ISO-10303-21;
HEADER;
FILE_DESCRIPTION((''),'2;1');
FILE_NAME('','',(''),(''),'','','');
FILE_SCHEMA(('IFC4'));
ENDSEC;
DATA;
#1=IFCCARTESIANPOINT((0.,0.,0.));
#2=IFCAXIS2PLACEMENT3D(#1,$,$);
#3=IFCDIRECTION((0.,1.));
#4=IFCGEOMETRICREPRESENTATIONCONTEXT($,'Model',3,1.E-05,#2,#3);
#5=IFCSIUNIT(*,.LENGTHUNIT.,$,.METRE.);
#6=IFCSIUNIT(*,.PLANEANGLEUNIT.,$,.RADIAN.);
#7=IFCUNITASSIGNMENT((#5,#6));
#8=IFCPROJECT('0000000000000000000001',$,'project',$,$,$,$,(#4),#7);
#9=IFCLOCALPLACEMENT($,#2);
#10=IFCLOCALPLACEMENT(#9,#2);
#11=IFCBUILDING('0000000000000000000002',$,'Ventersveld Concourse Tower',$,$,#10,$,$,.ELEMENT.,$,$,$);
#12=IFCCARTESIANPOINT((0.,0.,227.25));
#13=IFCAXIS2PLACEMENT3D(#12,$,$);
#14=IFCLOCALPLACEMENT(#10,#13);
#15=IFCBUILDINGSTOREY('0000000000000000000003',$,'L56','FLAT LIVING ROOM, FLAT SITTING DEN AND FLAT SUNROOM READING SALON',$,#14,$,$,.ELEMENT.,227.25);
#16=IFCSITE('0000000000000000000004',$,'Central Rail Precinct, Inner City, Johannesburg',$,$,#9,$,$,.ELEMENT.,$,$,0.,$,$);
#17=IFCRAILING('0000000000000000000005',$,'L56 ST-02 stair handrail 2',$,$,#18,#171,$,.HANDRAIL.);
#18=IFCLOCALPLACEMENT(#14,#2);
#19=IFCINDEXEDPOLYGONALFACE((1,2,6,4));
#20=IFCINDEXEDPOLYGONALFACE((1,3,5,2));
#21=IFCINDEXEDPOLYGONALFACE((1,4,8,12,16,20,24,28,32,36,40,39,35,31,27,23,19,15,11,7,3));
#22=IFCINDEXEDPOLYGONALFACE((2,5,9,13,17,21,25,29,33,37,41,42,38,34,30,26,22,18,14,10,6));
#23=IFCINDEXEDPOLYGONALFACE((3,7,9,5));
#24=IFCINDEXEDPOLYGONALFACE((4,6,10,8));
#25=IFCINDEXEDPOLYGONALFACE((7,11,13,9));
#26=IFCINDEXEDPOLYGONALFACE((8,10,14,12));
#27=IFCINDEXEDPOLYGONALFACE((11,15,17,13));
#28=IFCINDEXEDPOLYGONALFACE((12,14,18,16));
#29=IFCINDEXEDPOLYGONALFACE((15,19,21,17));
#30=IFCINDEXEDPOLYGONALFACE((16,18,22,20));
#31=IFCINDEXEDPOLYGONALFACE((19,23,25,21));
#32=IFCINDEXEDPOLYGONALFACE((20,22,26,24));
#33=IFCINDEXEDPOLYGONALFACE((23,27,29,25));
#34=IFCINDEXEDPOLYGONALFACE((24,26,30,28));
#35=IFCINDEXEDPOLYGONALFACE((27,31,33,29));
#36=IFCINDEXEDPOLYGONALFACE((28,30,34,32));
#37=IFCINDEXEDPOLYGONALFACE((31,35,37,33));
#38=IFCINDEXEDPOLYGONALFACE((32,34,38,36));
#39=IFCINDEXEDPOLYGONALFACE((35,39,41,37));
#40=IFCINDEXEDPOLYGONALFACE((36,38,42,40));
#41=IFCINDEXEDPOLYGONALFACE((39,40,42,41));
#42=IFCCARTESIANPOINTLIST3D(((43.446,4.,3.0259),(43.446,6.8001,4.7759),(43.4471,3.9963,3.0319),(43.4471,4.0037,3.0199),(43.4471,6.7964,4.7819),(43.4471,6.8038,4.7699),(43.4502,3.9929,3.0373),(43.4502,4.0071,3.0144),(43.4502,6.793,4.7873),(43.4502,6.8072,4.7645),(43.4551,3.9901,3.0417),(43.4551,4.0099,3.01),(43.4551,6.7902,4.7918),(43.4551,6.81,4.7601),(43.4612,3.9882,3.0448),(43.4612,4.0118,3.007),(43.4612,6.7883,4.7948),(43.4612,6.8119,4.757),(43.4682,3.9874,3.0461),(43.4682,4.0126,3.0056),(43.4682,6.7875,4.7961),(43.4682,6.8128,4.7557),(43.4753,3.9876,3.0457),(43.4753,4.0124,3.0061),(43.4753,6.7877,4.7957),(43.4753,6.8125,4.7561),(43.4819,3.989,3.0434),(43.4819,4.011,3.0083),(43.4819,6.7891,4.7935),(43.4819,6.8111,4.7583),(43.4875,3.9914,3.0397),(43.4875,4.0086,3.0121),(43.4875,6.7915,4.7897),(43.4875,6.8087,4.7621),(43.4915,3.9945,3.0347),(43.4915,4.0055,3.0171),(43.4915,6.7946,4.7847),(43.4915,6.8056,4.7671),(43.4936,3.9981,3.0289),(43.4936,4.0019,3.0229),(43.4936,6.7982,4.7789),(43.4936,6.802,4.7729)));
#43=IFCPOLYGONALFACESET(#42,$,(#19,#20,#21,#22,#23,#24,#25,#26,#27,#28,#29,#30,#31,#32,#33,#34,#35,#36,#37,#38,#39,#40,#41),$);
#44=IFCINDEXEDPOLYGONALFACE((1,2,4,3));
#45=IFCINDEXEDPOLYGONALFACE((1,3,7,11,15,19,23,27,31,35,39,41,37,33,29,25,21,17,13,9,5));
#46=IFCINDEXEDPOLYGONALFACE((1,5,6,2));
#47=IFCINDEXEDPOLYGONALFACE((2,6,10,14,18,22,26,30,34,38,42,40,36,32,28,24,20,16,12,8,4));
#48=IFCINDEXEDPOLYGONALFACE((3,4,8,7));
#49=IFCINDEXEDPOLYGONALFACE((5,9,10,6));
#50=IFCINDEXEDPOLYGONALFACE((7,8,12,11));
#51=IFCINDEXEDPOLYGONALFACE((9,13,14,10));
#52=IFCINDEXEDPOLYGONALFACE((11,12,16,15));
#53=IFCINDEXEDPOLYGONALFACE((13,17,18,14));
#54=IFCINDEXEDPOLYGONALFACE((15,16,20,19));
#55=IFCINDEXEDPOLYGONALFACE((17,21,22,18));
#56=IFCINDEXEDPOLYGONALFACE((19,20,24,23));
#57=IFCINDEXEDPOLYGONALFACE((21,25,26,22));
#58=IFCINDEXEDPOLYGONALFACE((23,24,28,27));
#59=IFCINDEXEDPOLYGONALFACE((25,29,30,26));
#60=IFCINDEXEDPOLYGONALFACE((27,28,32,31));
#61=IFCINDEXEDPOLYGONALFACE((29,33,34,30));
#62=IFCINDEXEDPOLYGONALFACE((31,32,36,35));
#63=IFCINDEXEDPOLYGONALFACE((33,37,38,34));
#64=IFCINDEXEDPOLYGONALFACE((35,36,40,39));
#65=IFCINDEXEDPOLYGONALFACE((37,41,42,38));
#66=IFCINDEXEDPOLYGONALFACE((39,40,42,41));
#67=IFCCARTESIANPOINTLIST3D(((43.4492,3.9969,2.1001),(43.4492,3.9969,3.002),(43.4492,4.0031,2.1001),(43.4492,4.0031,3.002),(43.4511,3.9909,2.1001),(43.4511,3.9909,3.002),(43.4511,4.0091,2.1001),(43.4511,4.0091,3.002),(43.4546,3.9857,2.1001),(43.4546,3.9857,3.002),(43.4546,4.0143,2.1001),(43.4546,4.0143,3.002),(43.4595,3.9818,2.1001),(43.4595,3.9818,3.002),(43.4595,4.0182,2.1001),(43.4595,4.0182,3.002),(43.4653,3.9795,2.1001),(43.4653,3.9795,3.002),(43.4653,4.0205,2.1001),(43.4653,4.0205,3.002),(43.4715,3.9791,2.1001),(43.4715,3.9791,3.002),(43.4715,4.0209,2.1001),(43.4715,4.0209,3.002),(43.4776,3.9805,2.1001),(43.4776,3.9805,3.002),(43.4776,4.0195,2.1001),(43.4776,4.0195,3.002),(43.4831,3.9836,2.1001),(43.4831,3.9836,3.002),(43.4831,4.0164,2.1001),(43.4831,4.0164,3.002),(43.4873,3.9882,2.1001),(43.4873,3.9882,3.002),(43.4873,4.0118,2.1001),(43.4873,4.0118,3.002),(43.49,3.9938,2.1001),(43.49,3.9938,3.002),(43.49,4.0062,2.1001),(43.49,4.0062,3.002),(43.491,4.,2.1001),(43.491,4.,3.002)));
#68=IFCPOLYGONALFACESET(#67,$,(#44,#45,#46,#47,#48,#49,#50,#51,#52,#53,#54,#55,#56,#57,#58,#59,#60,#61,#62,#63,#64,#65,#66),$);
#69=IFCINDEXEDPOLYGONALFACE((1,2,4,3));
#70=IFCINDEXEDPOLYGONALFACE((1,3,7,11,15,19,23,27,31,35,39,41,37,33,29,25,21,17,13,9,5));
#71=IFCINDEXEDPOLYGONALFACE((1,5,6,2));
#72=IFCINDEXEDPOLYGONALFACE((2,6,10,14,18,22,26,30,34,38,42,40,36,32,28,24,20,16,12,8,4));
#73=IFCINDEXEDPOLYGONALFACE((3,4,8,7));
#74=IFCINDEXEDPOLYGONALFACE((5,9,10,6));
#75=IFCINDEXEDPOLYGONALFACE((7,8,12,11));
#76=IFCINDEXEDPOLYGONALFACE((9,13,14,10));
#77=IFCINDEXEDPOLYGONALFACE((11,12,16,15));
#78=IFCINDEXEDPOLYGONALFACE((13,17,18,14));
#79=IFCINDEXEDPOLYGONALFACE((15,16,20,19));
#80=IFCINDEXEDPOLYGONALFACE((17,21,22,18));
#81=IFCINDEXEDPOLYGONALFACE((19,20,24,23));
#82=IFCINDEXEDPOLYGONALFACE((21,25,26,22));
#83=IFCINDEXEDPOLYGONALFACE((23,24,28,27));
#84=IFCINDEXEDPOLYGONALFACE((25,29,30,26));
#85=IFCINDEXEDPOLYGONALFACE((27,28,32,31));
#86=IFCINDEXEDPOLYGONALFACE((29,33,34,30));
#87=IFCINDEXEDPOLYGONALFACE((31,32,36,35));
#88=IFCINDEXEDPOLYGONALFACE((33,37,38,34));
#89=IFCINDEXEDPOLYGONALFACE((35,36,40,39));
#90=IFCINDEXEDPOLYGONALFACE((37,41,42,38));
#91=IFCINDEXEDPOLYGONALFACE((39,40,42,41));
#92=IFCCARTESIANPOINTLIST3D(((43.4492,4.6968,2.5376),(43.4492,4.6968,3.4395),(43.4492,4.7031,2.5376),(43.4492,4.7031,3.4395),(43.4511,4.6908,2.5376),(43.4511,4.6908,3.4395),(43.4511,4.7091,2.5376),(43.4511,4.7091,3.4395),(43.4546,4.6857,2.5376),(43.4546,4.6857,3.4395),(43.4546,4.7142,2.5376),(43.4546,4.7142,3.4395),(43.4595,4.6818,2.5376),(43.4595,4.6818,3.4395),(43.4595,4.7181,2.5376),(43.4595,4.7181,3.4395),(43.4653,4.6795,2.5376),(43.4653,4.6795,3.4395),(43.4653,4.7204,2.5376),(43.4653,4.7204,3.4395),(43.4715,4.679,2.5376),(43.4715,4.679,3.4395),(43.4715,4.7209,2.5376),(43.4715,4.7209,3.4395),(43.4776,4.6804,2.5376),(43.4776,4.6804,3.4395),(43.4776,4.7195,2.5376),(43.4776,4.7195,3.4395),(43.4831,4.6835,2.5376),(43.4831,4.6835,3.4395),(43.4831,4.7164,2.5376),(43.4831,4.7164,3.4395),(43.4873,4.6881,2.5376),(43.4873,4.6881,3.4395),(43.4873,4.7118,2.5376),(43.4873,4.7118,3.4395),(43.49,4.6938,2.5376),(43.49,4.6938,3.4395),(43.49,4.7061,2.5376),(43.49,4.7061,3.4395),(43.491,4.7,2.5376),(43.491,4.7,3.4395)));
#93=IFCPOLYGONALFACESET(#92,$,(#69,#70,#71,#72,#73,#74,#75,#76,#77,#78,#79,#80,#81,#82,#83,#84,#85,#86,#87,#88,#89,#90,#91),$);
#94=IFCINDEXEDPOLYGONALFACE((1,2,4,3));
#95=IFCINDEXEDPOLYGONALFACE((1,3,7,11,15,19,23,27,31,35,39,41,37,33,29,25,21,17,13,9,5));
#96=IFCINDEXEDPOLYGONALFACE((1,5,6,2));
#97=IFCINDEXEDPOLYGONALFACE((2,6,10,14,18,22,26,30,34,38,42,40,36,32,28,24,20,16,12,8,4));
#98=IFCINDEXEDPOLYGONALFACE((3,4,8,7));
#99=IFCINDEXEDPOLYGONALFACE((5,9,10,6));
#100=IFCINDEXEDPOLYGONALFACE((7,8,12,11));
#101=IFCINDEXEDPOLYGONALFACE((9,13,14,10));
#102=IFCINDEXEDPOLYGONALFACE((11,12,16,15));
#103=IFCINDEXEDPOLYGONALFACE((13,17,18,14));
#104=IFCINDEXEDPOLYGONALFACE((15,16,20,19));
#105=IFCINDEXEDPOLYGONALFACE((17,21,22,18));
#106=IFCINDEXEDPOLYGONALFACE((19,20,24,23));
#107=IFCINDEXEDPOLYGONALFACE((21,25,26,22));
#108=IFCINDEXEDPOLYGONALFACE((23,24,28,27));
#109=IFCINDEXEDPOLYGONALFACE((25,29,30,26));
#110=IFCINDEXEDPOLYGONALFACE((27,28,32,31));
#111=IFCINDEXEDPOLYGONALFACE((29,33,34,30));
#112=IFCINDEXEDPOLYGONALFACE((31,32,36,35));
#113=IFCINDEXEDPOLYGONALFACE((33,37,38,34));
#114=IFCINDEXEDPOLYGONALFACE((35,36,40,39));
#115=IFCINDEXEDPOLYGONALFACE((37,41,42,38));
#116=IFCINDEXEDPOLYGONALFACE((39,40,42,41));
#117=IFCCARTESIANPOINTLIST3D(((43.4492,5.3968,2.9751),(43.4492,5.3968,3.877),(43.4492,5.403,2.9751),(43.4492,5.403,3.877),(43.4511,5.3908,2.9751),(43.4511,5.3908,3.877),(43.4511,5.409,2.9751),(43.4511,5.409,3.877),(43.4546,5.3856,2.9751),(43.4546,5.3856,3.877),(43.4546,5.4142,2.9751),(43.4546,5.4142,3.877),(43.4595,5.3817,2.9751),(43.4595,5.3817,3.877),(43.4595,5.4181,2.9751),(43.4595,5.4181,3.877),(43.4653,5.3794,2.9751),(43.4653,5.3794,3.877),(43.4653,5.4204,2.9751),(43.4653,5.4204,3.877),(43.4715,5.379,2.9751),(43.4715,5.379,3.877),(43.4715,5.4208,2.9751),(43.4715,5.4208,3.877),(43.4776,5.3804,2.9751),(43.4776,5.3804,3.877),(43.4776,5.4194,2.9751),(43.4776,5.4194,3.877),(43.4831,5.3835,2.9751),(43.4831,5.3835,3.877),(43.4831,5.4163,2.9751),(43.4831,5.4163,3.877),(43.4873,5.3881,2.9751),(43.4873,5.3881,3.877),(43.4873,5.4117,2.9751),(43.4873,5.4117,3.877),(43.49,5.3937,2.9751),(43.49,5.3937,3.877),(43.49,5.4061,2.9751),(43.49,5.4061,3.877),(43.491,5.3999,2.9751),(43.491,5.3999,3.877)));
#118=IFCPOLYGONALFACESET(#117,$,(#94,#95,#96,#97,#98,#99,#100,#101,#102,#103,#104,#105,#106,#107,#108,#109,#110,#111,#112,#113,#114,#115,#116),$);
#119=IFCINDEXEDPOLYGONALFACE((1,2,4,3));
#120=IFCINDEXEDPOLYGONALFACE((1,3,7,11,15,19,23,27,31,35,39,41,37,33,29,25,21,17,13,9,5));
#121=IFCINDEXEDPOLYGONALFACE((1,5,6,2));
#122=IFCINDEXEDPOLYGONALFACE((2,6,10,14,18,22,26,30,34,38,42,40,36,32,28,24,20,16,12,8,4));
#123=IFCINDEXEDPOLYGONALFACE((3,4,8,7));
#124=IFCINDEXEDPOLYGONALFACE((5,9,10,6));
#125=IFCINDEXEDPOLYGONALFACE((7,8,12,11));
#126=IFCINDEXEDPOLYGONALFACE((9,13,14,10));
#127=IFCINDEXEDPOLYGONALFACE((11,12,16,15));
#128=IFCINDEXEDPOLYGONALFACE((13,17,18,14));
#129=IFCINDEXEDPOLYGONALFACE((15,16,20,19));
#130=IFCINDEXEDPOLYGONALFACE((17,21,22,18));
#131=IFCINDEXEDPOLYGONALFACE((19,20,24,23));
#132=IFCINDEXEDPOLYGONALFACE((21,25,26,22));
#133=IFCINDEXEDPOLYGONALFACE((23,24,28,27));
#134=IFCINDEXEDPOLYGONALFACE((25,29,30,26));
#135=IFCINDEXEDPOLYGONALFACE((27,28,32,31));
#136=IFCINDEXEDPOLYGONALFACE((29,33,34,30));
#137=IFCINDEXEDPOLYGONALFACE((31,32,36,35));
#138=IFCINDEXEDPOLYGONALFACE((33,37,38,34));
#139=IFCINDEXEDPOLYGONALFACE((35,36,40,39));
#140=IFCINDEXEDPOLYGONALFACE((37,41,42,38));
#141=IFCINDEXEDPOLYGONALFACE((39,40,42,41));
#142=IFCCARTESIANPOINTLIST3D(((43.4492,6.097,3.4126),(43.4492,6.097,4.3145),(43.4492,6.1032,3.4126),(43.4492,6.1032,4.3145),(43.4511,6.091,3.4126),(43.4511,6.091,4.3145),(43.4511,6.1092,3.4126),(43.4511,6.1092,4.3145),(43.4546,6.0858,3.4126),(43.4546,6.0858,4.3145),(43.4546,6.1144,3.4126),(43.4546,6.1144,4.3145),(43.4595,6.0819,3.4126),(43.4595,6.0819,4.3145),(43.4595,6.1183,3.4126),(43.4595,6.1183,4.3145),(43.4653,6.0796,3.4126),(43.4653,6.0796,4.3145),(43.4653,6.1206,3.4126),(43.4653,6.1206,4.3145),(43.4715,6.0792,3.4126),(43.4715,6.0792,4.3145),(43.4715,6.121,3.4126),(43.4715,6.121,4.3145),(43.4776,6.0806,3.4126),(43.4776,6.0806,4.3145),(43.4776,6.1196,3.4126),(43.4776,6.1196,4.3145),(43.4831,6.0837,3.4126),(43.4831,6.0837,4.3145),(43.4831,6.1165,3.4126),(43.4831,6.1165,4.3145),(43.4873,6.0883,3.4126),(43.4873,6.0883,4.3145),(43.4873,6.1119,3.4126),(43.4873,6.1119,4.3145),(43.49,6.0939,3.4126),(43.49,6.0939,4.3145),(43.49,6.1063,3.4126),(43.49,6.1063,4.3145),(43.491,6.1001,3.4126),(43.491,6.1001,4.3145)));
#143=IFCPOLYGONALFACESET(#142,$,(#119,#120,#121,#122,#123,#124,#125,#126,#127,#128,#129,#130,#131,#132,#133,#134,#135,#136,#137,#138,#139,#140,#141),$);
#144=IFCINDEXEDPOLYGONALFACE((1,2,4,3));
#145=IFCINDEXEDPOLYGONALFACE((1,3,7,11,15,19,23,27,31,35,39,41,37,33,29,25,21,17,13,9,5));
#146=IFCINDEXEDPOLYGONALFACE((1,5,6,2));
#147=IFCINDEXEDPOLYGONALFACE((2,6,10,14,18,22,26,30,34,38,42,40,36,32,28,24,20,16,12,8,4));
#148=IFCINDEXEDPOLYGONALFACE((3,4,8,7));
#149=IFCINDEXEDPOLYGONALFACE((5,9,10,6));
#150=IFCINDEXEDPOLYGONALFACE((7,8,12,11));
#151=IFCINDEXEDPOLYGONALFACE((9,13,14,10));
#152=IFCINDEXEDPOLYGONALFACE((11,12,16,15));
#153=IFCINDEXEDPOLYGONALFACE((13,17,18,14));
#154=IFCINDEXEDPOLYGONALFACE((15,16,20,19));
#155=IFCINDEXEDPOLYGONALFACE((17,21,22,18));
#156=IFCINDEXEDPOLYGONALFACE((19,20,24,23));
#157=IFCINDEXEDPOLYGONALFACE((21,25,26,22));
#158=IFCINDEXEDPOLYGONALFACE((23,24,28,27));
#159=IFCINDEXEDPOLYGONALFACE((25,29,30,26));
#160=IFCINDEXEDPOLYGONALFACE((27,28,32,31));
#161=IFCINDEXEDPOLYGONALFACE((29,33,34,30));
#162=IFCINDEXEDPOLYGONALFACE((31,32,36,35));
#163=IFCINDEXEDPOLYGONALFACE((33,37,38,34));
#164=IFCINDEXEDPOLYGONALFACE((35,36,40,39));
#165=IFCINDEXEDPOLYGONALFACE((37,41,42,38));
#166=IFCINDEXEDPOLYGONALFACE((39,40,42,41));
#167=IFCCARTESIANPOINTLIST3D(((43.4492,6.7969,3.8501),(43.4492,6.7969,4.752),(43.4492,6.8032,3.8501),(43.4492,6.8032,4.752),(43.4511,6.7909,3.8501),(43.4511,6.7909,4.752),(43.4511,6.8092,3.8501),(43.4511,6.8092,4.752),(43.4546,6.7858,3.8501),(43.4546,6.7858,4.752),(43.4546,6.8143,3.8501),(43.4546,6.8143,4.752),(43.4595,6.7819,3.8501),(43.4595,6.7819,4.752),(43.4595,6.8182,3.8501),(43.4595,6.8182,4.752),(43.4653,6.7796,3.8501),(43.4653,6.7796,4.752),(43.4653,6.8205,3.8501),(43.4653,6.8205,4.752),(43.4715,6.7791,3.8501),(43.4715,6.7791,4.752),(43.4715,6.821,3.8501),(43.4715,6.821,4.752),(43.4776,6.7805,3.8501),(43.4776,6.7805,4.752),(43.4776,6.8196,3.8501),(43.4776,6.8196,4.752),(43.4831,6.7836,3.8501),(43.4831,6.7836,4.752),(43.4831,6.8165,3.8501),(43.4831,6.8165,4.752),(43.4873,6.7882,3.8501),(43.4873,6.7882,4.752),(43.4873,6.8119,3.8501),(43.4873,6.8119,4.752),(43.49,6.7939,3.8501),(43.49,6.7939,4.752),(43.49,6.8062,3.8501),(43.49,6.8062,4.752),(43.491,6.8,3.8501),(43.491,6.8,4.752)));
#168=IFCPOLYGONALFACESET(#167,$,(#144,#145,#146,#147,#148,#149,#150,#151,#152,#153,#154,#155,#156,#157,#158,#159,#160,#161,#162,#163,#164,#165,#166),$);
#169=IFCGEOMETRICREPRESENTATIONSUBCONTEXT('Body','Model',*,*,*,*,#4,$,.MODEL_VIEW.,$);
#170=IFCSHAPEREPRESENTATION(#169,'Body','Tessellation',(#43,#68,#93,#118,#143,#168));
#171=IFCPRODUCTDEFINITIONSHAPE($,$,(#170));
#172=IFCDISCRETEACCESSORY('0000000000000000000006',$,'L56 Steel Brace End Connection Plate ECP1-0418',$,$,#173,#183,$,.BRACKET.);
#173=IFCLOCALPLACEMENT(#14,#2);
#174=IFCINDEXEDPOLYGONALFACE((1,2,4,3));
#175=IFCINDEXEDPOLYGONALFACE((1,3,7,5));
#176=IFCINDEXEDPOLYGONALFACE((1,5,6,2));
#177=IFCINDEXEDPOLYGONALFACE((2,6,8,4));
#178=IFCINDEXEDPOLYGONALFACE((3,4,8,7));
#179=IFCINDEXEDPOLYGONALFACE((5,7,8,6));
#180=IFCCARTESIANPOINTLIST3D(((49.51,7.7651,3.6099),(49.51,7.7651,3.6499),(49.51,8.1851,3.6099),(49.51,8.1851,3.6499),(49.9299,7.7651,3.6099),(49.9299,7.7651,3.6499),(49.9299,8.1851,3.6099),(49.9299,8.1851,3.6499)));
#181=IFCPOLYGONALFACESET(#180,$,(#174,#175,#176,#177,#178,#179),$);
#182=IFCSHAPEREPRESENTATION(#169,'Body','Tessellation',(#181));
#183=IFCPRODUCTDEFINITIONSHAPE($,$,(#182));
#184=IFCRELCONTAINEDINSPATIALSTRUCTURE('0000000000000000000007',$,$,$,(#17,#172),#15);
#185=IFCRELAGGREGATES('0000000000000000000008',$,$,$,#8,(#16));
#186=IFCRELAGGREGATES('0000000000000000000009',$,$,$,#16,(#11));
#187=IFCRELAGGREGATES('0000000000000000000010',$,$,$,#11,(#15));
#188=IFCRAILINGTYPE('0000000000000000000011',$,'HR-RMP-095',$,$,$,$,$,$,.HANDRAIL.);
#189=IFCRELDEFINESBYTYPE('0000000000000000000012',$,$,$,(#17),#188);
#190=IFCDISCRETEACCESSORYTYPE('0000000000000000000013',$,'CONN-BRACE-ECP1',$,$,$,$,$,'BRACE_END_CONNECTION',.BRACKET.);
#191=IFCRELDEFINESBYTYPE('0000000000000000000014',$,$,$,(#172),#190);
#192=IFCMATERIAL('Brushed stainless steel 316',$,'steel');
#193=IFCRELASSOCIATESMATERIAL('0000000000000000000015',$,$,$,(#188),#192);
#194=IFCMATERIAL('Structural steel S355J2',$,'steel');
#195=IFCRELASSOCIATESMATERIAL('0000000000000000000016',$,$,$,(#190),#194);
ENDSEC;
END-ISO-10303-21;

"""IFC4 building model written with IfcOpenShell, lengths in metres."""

from ifc_helpers import new_model, si_unit, direction, frame, origin, origin_2d, place, context, subcontext, project, spatial, rectangle, circle, extrude, material, type_object, element, save


model = new_model("IFC4")

# Units and contexts
model_context = context("Model", 3, precision=1e-05, world=origin(), true_north=direction((0.0, 1.0)))
body_context = subcontext(model_context, "Body", "Model", "MODEL_VIEW")
ifc_project = project(units=[si_unit("LENGTHUNIT", "METRE"), si_unit("PLANEANGLEUNIT", "RADIAN")], contexts=[model_context])

# Site, building, storey
site_placement = place(None, origin())
site = spatial("IfcSite", under=ifc_project, at=site_placement, Name="Central Rail Precinct, Inner City, Johannesburg", CompositionType="ELEMENT", RefElevation=0.0)
building_placement = place(site_placement, origin())
building = spatial("IfcBuilding", under=site, at=building_placement, Name="Ventersveld Concourse Tower", CompositionType="ELEMENT")
storey_placement = place(building_placement, frame((0.0, 0.0, 227.25)))
storey = spatial("IfcBuildingStorey", under=building, at=storey_placement, Name="L56", Description="FLAT LIVING ROOM, FLAT SITTING DEN AND FLAT SUNROOM READING SALON", CompositionType="ELEMENT", Elevation=227.25)

# Shared definitions
ifc_material_1 = material(Name="Structural steel S355J2", Category="steel")

# Railing
ifc_material_2 = material(Name="Brushed stainless steel 316", Category="steel")
railing_type = type_object("IfcRailingType", Name="HR-RMP-095", PredefinedType="HANDRAIL", material=ifc_material_2)
railing_placement = place(storey_placement, frame((43.47, 4.0, 2.1001)))
element("IfcRailing", 1, at=railing_placement, inside=storey, type_object=railing_type, Name="L56 ST-02 stair handrail 2", PredefinedType="HANDRAIL", context=body_context, shape_type="SweptSolid", body=[
    extrude(circle(Radius=0.0239, at=origin_2d()), frame((0.0, 0.0, 0.9258), z_axis=(0.0, 0.848002, 0.529992), x_axis=(-1.0, 0.0, 0.0)), (0.0, 0.0, 1.0), 3.302),
    extrude(circle(Radius=0.021, at=origin_2d()), origin(), (0.0, 0.0, 1.0), 0.9019),
    extrude(circle(Radius=0.021, at=origin_2d()), frame((0.0, 0.7, 0.4375)), (0.0, 0.0, 1.0), 0.9019),
    extrude(circle(Radius=0.021, at=origin_2d()), frame((0.0, 1.3999, 0.875)), (0.0, 0.0, 1.0), 0.9019),
    extrude(circle(Radius=0.021, at=origin_2d()), frame((0.0, 2.1001, 1.3125)), (0.0, 0.0, 1.0), 0.9019),
    extrude(circle(Radius=0.021, at=origin_2d()), frame((0.0, 2.8, 1.75)), (0.0, 0.0, 1.0), 0.9019),
])

# Discrete accessory
discrete_accessory_type = type_object("IfcDiscreteAccessoryType", Name="CONN-BRACE-ECP1", ElementType="BRACE_END_CONNECTION", PredefinedType="BRACKET", material=ifc_material_1)
discrete_accessory_placement = place(storey_placement, frame((49.72, 7.9751, 3.6099), z_axis=(0.0, 0.0, 1.0), x_axis=(1.0, 0.0, 0.0)))
element("IfcDiscreteAccessory", 2, at=discrete_accessory_placement, inside=storey, type_object=discrete_accessory_type, Name="L56 Steel Brace End Connection Plate ECP1-0418", PredefinedType="BRACKET", context=body_context, shape_type="SweptSolid", body=[
    extrude(rectangle(XDim=0.4199, YDim=0.4199, at=origin_2d()), origin(), (0.0, 0.0, 1.0), 0.04),
])

save(model, "model.ifc")
